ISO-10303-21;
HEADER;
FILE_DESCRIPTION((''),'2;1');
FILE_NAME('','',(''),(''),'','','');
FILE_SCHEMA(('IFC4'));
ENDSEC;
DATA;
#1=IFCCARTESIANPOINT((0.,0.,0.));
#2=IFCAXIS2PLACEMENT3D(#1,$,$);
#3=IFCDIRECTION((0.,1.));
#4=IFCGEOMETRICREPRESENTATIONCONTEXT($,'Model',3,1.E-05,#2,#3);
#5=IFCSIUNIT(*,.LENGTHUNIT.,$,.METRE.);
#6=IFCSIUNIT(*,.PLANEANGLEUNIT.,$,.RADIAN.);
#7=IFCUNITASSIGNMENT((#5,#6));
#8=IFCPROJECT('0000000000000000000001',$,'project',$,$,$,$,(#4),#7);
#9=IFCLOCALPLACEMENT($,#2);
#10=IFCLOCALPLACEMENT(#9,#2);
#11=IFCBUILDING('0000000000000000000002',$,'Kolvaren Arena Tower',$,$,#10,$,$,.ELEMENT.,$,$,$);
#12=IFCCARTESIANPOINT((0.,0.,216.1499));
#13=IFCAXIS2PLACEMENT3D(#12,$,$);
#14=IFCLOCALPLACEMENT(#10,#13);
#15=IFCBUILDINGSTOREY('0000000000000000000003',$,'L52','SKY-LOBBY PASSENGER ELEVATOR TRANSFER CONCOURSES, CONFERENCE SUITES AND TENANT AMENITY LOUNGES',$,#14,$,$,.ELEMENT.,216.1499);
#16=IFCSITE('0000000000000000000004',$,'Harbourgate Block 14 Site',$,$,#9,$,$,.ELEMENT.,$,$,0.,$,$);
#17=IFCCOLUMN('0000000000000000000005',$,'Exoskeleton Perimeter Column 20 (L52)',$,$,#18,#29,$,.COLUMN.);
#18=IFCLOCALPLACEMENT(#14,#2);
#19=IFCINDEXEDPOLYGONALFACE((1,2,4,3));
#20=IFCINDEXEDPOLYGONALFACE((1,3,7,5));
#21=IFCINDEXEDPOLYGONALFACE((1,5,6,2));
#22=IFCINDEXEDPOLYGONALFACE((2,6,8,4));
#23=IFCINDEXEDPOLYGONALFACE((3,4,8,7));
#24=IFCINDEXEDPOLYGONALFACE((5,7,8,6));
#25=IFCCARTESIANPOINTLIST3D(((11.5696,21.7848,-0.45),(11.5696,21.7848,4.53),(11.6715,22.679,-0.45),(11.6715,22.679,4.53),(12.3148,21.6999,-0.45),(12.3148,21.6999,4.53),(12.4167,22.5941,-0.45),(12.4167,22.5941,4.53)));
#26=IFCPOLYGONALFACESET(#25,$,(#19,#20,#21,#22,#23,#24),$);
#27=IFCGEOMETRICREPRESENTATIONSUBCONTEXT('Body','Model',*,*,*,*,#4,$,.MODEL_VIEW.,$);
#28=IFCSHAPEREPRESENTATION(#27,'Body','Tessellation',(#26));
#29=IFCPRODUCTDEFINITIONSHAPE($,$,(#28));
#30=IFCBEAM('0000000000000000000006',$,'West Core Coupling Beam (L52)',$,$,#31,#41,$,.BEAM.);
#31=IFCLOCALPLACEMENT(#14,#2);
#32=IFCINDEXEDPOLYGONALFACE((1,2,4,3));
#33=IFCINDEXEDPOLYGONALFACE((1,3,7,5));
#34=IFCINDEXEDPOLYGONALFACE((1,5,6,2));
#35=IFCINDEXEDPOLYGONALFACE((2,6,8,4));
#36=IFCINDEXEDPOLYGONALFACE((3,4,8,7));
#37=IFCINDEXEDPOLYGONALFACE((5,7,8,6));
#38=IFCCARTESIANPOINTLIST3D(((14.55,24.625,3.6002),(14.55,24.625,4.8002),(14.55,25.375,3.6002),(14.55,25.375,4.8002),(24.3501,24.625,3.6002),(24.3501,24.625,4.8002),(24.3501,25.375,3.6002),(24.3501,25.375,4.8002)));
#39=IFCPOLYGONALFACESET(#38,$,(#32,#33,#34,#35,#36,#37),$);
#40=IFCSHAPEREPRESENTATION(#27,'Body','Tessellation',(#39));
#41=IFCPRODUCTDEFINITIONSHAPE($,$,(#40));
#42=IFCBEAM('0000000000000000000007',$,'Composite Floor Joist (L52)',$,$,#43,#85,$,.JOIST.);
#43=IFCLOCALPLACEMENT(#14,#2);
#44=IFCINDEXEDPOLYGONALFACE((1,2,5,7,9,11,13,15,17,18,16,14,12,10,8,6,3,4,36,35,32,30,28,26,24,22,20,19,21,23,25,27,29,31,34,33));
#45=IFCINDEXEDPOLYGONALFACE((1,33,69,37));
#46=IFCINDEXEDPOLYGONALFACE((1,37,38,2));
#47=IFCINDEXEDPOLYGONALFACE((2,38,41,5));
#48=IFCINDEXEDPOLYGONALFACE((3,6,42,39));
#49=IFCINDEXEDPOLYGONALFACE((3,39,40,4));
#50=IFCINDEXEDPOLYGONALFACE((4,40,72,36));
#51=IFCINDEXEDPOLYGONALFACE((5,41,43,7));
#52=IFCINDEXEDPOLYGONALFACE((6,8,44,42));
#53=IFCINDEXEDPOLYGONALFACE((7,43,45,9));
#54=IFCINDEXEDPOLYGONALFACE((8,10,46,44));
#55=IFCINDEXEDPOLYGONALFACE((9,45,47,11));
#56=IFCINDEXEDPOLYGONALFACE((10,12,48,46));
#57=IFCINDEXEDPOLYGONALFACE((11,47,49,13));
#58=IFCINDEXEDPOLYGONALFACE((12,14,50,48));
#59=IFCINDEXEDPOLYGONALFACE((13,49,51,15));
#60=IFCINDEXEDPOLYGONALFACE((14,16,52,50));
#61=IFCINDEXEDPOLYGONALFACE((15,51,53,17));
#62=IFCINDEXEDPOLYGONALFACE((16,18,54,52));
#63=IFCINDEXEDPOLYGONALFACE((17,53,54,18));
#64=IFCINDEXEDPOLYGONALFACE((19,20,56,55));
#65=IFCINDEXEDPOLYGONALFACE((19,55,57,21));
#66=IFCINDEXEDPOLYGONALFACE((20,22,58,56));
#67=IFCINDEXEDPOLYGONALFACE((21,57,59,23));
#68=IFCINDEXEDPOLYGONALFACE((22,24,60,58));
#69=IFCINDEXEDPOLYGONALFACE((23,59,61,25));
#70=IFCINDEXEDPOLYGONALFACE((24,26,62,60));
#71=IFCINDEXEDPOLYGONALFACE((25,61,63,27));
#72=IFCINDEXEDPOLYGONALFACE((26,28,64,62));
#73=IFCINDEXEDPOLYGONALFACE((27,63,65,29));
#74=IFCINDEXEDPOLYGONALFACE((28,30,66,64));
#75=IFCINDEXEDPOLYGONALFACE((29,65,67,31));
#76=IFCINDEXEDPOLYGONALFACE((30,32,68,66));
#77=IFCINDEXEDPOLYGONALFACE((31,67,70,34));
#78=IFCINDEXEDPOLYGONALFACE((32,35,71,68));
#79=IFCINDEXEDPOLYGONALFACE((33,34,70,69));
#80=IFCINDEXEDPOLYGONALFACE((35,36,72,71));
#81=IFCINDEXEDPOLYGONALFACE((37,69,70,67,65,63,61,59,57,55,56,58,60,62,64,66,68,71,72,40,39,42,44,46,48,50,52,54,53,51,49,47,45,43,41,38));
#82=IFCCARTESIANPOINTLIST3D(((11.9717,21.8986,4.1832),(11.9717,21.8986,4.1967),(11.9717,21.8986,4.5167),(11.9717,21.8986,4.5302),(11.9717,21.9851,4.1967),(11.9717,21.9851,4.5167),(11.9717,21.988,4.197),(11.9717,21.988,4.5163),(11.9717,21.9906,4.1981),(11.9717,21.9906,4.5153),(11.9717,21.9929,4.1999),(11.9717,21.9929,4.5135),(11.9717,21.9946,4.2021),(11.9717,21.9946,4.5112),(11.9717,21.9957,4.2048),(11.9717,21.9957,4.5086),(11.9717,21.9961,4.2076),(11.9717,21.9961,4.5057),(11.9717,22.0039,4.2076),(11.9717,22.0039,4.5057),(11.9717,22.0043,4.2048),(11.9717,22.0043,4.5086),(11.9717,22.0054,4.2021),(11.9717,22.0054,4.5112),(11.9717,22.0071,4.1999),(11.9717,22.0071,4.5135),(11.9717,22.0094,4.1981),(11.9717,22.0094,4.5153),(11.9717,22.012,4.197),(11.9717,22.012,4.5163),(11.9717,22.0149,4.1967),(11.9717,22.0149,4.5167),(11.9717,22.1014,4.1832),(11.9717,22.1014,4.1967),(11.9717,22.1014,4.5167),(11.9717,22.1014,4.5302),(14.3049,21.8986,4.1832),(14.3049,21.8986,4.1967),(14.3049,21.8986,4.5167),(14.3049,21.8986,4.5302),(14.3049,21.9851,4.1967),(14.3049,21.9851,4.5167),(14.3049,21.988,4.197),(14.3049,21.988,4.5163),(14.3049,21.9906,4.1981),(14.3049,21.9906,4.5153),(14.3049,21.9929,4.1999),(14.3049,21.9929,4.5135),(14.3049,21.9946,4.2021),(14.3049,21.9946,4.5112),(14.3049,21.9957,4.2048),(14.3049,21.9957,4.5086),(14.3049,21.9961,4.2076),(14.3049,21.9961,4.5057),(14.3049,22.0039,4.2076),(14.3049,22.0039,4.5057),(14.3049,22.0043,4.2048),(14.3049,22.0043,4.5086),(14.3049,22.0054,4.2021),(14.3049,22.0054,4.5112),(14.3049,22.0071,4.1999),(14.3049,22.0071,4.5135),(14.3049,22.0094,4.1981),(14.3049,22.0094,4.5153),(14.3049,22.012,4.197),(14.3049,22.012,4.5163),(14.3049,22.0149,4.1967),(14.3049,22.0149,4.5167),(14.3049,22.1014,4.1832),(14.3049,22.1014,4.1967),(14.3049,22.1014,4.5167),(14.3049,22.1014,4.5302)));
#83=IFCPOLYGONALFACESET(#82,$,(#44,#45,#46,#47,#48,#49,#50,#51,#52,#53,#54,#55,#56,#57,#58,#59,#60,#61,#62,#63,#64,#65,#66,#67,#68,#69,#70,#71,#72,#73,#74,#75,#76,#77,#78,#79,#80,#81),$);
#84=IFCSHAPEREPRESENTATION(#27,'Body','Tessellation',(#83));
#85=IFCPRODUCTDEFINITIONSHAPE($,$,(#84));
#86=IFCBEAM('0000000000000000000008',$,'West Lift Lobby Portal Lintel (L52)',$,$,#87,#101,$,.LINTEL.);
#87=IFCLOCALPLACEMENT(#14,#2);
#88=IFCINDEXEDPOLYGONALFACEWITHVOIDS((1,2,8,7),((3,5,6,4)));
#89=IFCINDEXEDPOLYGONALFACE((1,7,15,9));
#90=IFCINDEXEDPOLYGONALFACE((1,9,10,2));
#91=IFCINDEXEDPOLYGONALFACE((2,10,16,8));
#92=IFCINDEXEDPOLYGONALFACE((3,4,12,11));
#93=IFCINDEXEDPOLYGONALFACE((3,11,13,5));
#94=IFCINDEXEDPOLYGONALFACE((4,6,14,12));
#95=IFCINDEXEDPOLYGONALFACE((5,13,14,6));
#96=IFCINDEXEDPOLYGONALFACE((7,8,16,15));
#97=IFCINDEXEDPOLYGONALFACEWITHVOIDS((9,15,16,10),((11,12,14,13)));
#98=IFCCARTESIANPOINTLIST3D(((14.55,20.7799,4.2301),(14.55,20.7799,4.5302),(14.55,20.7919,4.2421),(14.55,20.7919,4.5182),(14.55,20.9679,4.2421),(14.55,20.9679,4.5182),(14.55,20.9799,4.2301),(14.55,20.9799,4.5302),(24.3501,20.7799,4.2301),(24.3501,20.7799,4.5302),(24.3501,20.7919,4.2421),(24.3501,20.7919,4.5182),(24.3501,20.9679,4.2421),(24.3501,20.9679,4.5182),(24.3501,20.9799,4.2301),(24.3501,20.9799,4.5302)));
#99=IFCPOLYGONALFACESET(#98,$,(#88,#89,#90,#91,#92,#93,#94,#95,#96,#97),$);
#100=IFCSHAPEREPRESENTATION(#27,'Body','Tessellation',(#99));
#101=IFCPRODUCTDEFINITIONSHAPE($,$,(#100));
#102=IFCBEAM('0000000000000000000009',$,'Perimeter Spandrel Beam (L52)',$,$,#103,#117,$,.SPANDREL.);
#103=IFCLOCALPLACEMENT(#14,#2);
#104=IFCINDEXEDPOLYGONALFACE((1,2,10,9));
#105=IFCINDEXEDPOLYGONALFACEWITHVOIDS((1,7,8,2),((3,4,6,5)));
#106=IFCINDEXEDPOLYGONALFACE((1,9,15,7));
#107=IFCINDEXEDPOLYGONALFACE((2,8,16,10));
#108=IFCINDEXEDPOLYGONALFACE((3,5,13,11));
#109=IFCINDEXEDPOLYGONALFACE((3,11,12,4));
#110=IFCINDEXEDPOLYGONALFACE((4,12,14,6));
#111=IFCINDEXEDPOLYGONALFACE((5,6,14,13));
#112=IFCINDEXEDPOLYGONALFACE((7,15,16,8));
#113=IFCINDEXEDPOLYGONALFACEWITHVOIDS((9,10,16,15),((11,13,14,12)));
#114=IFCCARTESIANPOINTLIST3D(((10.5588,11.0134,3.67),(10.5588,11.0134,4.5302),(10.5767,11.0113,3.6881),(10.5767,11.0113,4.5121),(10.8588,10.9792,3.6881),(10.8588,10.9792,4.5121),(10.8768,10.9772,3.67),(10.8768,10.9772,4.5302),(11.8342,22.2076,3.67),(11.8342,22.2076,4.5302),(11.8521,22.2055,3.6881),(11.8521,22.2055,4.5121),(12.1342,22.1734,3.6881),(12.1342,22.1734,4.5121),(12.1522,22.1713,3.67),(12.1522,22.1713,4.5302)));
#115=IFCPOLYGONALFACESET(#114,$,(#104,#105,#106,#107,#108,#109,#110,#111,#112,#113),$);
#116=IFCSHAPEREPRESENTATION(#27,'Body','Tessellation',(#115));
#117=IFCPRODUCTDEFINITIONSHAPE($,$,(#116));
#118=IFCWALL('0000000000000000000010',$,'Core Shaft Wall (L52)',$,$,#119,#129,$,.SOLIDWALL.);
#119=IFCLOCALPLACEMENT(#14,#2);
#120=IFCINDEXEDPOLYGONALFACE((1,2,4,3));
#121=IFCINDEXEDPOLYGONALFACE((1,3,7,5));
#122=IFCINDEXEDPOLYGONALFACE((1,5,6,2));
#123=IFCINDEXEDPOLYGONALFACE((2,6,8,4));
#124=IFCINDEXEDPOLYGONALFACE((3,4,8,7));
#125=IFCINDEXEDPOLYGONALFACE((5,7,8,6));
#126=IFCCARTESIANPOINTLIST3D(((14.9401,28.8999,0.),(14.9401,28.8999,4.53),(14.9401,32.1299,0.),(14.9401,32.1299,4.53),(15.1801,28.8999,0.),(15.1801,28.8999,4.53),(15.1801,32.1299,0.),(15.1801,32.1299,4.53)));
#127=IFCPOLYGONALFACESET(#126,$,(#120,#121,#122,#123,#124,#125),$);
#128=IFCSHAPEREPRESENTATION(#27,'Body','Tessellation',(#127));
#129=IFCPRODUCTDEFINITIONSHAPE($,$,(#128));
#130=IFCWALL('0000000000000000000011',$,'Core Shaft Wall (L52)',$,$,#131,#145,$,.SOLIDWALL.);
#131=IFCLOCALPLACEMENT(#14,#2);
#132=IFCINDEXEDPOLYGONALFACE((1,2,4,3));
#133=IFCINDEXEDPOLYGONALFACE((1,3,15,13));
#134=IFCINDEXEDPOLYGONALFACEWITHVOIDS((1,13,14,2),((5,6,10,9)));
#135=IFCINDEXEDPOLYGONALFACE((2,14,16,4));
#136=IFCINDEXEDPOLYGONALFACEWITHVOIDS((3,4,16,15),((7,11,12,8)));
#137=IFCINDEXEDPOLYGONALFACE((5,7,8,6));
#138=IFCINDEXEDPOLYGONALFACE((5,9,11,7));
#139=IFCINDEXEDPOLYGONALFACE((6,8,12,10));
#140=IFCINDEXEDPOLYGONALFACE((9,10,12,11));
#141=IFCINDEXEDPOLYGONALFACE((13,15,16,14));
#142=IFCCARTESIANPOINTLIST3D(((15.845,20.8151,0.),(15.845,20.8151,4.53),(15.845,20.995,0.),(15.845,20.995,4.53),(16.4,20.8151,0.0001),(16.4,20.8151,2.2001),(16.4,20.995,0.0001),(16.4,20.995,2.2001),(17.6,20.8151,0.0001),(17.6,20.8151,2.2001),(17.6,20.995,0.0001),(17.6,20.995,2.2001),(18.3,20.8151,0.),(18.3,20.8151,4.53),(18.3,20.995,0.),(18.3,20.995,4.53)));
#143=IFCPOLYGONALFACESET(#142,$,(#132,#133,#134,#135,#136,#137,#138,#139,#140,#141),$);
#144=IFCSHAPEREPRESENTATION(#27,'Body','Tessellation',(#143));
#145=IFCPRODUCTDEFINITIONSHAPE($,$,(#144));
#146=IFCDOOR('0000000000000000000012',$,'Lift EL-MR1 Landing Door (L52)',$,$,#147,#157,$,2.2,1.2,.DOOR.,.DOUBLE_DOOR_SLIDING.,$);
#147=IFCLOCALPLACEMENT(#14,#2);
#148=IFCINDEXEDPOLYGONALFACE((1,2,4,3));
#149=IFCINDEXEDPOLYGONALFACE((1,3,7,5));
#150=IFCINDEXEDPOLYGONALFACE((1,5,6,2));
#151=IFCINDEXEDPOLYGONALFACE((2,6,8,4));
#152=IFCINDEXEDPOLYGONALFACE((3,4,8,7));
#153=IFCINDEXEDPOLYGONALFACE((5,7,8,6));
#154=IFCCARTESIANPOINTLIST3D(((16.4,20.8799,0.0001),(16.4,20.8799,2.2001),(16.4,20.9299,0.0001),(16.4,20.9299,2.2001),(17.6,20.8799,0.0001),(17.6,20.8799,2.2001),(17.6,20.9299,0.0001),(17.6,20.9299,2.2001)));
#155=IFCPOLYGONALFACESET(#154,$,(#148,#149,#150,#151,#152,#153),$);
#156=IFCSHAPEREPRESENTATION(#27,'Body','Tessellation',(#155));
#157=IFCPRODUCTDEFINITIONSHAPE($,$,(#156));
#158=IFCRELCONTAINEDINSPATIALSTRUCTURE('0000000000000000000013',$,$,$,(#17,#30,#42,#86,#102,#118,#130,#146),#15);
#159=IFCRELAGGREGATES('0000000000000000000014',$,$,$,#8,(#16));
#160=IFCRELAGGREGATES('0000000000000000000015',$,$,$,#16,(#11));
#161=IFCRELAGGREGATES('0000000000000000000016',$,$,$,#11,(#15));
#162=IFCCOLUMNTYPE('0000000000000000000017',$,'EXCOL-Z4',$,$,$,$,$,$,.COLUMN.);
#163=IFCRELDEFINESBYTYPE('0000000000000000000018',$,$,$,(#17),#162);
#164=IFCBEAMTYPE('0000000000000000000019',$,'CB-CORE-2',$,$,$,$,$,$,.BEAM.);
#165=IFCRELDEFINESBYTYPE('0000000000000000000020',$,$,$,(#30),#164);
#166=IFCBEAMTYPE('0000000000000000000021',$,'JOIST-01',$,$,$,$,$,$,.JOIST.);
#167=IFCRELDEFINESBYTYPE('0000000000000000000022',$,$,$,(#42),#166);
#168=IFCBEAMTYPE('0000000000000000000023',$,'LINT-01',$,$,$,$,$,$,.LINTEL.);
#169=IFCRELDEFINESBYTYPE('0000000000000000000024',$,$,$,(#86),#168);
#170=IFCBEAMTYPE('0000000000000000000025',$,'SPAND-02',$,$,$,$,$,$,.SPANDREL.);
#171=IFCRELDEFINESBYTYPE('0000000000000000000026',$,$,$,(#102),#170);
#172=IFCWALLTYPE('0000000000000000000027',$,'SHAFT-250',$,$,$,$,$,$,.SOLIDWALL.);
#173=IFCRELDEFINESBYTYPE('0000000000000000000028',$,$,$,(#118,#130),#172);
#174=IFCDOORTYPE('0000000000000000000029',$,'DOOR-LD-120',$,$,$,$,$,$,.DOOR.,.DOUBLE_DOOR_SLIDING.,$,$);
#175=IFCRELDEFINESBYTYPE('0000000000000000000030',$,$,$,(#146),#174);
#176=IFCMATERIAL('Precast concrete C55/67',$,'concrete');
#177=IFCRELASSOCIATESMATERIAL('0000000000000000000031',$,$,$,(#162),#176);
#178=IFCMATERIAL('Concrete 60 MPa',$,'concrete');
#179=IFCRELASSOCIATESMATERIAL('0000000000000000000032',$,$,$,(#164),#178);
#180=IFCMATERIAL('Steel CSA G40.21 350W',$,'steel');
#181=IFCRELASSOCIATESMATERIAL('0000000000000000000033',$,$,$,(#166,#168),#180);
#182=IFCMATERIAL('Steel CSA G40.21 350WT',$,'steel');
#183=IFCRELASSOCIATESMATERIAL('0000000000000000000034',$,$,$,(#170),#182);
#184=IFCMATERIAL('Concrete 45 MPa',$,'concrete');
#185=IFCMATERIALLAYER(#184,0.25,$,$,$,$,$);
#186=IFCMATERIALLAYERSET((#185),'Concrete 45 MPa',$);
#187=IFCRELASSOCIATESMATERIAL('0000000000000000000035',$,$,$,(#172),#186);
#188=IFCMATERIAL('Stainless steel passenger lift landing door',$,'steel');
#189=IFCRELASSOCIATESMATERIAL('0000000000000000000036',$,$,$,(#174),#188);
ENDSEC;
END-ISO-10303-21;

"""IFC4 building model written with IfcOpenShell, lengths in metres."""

from ifc_helpers import new_model, si_unit, direction, frame, frame_2d, origin, origin_2d, place, context, subcontext, project, spatial, rectangle, hollow_rectangle, i_section, extrude, material, layer, layer_set, material_profile, profile_set, type_object, element, fill, save


model = new_model("IFC4")

# Units and contexts
model_context = context("Model", 3, precision=1e-05, world=origin(), true_north=direction((0.0, 1.0)))
body_context = subcontext(model_context, "Body", "Model", "MODEL_VIEW")
ifc_project = project(units=[si_unit("LENGTHUNIT", "METRE"), si_unit("PLANEANGLEUNIT", "RADIAN")], contexts=[model_context])

# Site, building, storey
site_placement = place(None, origin())
site = spatial("IfcSite", under=ifc_project, at=site_placement, Name="Harbourgate Block 14 Site", CompositionType="ELEMENT", RefElevation=0.0)
building_placement = place(site_placement, origin())
building = spatial("IfcBuilding", under=site, at=building_placement, Name="Kolvaren Arena Tower", CompositionType="ELEMENT")
storey_placement = place(building_placement, frame((0.0, 0.0, 216.1499)))
storey = spatial("IfcBuildingStorey", under=building, at=storey_placement, Name="L52", Description="SKY-LOBBY PASSENGER ELEVATOR TRANSFER CONCOURSES, CONFERENCE SUITES AND TENANT AMENITY LOUNGES", CompositionType="ELEMENT", Elevation=216.1499)

# Column
ifc_material_1 = material(Name="Precast concrete C55/67", Category="concrete")
ifc_material_profile_1 = material_profile(ifc_material_1, rectangle(XDim=0.8999, YDim=0.75, at=origin_2d()), Name="RC-900x750")
ifc_profile_set_1 = profile_set([ifc_material_profile_1], Name="Precast concrete C55/67")
column_type = type_object("IfcColumnType", Name="EXCOL-Z4", PredefinedType="COLUMN", material=ifc_profile_set_1)
column_placement = place(storey_placement, frame((11.9932, 22.1895, -0.45), z_axis=(0.0, 0.0, 1.0), x_axis=(0.113203, 0.993572, 0.0)))
element("IfcColumn", 1, at=column_placement, inside=storey, type_object=column_type, Name="Exoskeleton Perimeter Column 20 (L52)", PredefinedType="COLUMN", context=body_context, shape_type="SweptSolid", body=[
    extrude(rectangle(XDim=0.8999, YDim=0.75, at=origin_2d()), origin(), (0.0, 0.0, 1.0), 4.98),
])

# Beams
ifc_material_2 = material(Name="Concrete 60 MPa", Category="concrete")
ifc_material_profile_2 = material_profile(ifc_material_2, rectangle(XDim=0.75, YDim=1.2, at=origin_2d()), Name="RC-750x1200")
ifc_profile_set_2 = profile_set([ifc_material_profile_2], Name="Concrete 60 MPa")
beam_type_1 = type_object("IfcBeamType", Name="CB-CORE-2", PredefinedType="BEAM", material=ifc_profile_set_2)
beam_1_placement = place(storey_placement, frame((14.55, 25.0, 4.2002), z_axis=(1.0, 0.0, 0.0), x_axis=(0.0, 1.0, 0.0)))
element("IfcBeam", 2, at=beam_1_placement, inside=storey, type_object=beam_type_1, Name="West Core Coupling Beam (L52)", PredefinedType="BEAM", context=body_context, shape_type="SweptSolid", body=[
    extrude(rectangle(XDim=0.75, YDim=1.2, at=origin_2d()), origin(), (0.0, 0.0, 1.0), 9.8),
])
ifc_material_3 = material(Name="Steel CSA G40.21 350W", Category="steel")
ifc_material_profile_3 = material_profile(ifc_material_3, i_section(OverallWidth=0.2029, OverallDepth=0.3469, WebThickness=0.0078, FlangeThickness=0.0134, FilletRadius=0.011, at=origin_2d()), Name="W360x64")
ifc_profile_set_3 = profile_set([ifc_material_profile_3], Name="Steel CSA G40.21 350W")
beam_type_2 = type_object("IfcBeamType", Name="JOIST-01", PredefinedType="JOIST", material=ifc_profile_set_3)
beam_2_placement = place(storey_placement, frame((11.9717, 22.0, 4.3567), z_axis=(1.0, 0.0, 0.0), x_axis=(0.0, 1.0, 0.0)))
element("IfcBeam", 3, at=beam_2_placement, inside=storey, type_object=beam_type_2, Name="Composite Floor Joist (L52)", PredefinedType="JOIST", context=body_context, shape_type="SweptSolid", body=[
    extrude(i_section(OverallWidth=0.2029, OverallDepth=0.3469, WebThickness=0.0078, FlangeThickness=0.0134, FilletRadius=0.011, at=origin_2d()), origin(), (0.0, 0.0, 1.0), 2.3333),
])
ifc_material_profile_4 = material_profile(ifc_material_3, hollow_rectangle(XDim=0.2, YDim=0.3, WallThickness=0.012, at=origin_2d()), Name="HSS 300x200x12")
ifc_profile_set_4 = profile_set([ifc_material_profile_4], Name="Steel CSA G40.21 350W")
beam_type_3 = type_object("IfcBeamType", Name="LINT-01", PredefinedType="LINTEL", material=ifc_profile_set_4)
beam_3_placement = place(storey_placement, frame((14.55, 20.8799, 4.3801), z_axis=(1.0, 0.0, 0.0), x_axis=(0.0, 1.0, 0.0)))
element("IfcBeam", 4, at=beam_3_placement, inside=storey, type_object=beam_type_3, Name="West Lift Lobby Portal Lintel (L52)", PredefinedType="LINTEL", context=body_context, shape_type="SweptSolid", body=[
    extrude(hollow_rectangle(XDim=0.2, YDim=0.3, WallThickness=0.012, at=origin_2d()), origin(), (0.0, 0.0, 1.0), 9.8),
])
ifc_material_4 = material(Name="Steel CSA G40.21 350WT", Category="steel")
ifc_material_profile_5 = material_profile(ifc_material_4, hollow_rectangle(XDim=0.3201, YDim=0.8601, WallThickness=0.0181, at=origin_2d()), Name="HSS 860x320x18")
ifc_profile_set_5 = profile_set([ifc_material_profile_5], Name="Steel CSA G40.21 350WT")
beam_type_4 = type_object("IfcBeamType", Name="SPAND-02", PredefinedType="SPANDREL", material=ifc_profile_set_5)
beam_4_placement = place(storey_placement, frame((11.9932, 22.1895, 4.1001), z_axis=(-0.113202, -0.993572, 0.0), x_axis=(0.993572, -0.113202, 0.0)))
element("IfcBeam", 5, at=beam_4_placement, inside=storey, type_object=beam_type_4, Name="Perimeter Spandrel Beam (L52)", PredefinedType="SPANDREL", context=body_context, shape_type="SweptSolid", body=[
    extrude(hollow_rectangle(XDim=0.3201, YDim=0.8601, WallThickness=0.0181, at=origin_2d()), origin(), (0.0, 0.0, 1.0), 11.2666),
])

# Wall
ifc_material_5 = material(Name="Concrete 45 MPa", Category="concrete")
ifc_layer = layer(ifc_material_5, 0.25)
ifc_layer_set = layer_set([ifc_layer], Name="Concrete 45 MPa")
wall_type = type_object("IfcWallType", Name="SHAFT-250", PredefinedType="SOLIDWALL", material=ifc_layer_set)
wall_1_placement = place(storey_placement, frame((15.0601, 28.8999, 0.0), z_axis=(0.0, 0.0, 1.0), x_axis=(0.0, 1.0, 0.0)))
element("IfcWall", 6, at=wall_1_placement, inside=storey, type_object=wall_type, Name="Core Shaft Wall (L52)", PredefinedType="SOLIDWALL", context=body_context, shape_type="SweptSolid", body=[
    extrude(rectangle(XDim=3.23, YDim=0.24, at=frame_2d((1.615, 0.0))), origin(), (0.0, 0.0, 1.0), 4.53),
])

# Wall, opening, door
wall_2_placement = place(storey_placement, frame((15.845, 20.905, 0.0), z_axis=(0.0, 0.0, 1.0), x_axis=(1.0, 0.0, 0.0)))
wall_2 = element("IfcWall", 7, at=wall_2_placement, inside=storey, type_object=wall_type, Name="Core Shaft Wall (L52)", PredefinedType="SOLIDWALL", context=body_context, shape_type="SweptSolid", body=[
    extrude(rectangle(XDim=2.4551, YDim=0.1799, at=frame_2d((1.2275, 0.0))), origin(), (0.0, 0.0, 1.0), 4.53),
])
opening_1_placement = place(wall_2_placement, frame((0.5549, 0.0, 0.0)))
opening_1 = element("IfcOpeningElement", 8, at=opening_1_placement, cuts=wall_2, PredefinedType="OPENING", context=body_context, shape_type="SweptSolid", body=[
    extrude(rectangle(XDim=1.2, YDim=2.2, at=frame_2d((0.6001, 1.1001))), frame((0.0, 0.0999, 0.0), z_axis=(0.0, -1.0, 0.0), x_axis=(1.0, 0.0, 0.0)), (0.0, 0.0, 1.0), 0.2),
])
ifc_material_6 = material(Name="Stainless steel passenger lift landing door", Category="steel")
door_type_1 = type_object("IfcDoorType", Name="DOOR-LD-120", OperationType="DOUBLE_DOOR_SLIDING", PredefinedType="DOOR", material=ifc_material_6)
door_1_placement = place(opening_1_placement, origin())
door_1 = element("IfcDoor", 9, at=door_1_placement, inside=storey, type_object=door_type_1, Name="Lift EL-MR1 Landing Door (L52)", OperationType="DOUBLE_DOOR_SLIDING", OverallHeight=2.2, OverallWidth=1.2, PredefinedType="DOOR", context=body_context, shape_type="SweptSolid", body=[
    extrude(rectangle(XDim=1.2, YDim=2.2, at=frame_2d((0.6001, 1.1001))), frame((0.0, 0.0249, 0.0), z_axis=(0.0, -1.0, 0.0), x_axis=(1.0, 0.0, 0.0)), (0.0, 0.0, 1.0), 0.05),
])
fill(opening_1, door_1)

save(model, "model.ifc")
